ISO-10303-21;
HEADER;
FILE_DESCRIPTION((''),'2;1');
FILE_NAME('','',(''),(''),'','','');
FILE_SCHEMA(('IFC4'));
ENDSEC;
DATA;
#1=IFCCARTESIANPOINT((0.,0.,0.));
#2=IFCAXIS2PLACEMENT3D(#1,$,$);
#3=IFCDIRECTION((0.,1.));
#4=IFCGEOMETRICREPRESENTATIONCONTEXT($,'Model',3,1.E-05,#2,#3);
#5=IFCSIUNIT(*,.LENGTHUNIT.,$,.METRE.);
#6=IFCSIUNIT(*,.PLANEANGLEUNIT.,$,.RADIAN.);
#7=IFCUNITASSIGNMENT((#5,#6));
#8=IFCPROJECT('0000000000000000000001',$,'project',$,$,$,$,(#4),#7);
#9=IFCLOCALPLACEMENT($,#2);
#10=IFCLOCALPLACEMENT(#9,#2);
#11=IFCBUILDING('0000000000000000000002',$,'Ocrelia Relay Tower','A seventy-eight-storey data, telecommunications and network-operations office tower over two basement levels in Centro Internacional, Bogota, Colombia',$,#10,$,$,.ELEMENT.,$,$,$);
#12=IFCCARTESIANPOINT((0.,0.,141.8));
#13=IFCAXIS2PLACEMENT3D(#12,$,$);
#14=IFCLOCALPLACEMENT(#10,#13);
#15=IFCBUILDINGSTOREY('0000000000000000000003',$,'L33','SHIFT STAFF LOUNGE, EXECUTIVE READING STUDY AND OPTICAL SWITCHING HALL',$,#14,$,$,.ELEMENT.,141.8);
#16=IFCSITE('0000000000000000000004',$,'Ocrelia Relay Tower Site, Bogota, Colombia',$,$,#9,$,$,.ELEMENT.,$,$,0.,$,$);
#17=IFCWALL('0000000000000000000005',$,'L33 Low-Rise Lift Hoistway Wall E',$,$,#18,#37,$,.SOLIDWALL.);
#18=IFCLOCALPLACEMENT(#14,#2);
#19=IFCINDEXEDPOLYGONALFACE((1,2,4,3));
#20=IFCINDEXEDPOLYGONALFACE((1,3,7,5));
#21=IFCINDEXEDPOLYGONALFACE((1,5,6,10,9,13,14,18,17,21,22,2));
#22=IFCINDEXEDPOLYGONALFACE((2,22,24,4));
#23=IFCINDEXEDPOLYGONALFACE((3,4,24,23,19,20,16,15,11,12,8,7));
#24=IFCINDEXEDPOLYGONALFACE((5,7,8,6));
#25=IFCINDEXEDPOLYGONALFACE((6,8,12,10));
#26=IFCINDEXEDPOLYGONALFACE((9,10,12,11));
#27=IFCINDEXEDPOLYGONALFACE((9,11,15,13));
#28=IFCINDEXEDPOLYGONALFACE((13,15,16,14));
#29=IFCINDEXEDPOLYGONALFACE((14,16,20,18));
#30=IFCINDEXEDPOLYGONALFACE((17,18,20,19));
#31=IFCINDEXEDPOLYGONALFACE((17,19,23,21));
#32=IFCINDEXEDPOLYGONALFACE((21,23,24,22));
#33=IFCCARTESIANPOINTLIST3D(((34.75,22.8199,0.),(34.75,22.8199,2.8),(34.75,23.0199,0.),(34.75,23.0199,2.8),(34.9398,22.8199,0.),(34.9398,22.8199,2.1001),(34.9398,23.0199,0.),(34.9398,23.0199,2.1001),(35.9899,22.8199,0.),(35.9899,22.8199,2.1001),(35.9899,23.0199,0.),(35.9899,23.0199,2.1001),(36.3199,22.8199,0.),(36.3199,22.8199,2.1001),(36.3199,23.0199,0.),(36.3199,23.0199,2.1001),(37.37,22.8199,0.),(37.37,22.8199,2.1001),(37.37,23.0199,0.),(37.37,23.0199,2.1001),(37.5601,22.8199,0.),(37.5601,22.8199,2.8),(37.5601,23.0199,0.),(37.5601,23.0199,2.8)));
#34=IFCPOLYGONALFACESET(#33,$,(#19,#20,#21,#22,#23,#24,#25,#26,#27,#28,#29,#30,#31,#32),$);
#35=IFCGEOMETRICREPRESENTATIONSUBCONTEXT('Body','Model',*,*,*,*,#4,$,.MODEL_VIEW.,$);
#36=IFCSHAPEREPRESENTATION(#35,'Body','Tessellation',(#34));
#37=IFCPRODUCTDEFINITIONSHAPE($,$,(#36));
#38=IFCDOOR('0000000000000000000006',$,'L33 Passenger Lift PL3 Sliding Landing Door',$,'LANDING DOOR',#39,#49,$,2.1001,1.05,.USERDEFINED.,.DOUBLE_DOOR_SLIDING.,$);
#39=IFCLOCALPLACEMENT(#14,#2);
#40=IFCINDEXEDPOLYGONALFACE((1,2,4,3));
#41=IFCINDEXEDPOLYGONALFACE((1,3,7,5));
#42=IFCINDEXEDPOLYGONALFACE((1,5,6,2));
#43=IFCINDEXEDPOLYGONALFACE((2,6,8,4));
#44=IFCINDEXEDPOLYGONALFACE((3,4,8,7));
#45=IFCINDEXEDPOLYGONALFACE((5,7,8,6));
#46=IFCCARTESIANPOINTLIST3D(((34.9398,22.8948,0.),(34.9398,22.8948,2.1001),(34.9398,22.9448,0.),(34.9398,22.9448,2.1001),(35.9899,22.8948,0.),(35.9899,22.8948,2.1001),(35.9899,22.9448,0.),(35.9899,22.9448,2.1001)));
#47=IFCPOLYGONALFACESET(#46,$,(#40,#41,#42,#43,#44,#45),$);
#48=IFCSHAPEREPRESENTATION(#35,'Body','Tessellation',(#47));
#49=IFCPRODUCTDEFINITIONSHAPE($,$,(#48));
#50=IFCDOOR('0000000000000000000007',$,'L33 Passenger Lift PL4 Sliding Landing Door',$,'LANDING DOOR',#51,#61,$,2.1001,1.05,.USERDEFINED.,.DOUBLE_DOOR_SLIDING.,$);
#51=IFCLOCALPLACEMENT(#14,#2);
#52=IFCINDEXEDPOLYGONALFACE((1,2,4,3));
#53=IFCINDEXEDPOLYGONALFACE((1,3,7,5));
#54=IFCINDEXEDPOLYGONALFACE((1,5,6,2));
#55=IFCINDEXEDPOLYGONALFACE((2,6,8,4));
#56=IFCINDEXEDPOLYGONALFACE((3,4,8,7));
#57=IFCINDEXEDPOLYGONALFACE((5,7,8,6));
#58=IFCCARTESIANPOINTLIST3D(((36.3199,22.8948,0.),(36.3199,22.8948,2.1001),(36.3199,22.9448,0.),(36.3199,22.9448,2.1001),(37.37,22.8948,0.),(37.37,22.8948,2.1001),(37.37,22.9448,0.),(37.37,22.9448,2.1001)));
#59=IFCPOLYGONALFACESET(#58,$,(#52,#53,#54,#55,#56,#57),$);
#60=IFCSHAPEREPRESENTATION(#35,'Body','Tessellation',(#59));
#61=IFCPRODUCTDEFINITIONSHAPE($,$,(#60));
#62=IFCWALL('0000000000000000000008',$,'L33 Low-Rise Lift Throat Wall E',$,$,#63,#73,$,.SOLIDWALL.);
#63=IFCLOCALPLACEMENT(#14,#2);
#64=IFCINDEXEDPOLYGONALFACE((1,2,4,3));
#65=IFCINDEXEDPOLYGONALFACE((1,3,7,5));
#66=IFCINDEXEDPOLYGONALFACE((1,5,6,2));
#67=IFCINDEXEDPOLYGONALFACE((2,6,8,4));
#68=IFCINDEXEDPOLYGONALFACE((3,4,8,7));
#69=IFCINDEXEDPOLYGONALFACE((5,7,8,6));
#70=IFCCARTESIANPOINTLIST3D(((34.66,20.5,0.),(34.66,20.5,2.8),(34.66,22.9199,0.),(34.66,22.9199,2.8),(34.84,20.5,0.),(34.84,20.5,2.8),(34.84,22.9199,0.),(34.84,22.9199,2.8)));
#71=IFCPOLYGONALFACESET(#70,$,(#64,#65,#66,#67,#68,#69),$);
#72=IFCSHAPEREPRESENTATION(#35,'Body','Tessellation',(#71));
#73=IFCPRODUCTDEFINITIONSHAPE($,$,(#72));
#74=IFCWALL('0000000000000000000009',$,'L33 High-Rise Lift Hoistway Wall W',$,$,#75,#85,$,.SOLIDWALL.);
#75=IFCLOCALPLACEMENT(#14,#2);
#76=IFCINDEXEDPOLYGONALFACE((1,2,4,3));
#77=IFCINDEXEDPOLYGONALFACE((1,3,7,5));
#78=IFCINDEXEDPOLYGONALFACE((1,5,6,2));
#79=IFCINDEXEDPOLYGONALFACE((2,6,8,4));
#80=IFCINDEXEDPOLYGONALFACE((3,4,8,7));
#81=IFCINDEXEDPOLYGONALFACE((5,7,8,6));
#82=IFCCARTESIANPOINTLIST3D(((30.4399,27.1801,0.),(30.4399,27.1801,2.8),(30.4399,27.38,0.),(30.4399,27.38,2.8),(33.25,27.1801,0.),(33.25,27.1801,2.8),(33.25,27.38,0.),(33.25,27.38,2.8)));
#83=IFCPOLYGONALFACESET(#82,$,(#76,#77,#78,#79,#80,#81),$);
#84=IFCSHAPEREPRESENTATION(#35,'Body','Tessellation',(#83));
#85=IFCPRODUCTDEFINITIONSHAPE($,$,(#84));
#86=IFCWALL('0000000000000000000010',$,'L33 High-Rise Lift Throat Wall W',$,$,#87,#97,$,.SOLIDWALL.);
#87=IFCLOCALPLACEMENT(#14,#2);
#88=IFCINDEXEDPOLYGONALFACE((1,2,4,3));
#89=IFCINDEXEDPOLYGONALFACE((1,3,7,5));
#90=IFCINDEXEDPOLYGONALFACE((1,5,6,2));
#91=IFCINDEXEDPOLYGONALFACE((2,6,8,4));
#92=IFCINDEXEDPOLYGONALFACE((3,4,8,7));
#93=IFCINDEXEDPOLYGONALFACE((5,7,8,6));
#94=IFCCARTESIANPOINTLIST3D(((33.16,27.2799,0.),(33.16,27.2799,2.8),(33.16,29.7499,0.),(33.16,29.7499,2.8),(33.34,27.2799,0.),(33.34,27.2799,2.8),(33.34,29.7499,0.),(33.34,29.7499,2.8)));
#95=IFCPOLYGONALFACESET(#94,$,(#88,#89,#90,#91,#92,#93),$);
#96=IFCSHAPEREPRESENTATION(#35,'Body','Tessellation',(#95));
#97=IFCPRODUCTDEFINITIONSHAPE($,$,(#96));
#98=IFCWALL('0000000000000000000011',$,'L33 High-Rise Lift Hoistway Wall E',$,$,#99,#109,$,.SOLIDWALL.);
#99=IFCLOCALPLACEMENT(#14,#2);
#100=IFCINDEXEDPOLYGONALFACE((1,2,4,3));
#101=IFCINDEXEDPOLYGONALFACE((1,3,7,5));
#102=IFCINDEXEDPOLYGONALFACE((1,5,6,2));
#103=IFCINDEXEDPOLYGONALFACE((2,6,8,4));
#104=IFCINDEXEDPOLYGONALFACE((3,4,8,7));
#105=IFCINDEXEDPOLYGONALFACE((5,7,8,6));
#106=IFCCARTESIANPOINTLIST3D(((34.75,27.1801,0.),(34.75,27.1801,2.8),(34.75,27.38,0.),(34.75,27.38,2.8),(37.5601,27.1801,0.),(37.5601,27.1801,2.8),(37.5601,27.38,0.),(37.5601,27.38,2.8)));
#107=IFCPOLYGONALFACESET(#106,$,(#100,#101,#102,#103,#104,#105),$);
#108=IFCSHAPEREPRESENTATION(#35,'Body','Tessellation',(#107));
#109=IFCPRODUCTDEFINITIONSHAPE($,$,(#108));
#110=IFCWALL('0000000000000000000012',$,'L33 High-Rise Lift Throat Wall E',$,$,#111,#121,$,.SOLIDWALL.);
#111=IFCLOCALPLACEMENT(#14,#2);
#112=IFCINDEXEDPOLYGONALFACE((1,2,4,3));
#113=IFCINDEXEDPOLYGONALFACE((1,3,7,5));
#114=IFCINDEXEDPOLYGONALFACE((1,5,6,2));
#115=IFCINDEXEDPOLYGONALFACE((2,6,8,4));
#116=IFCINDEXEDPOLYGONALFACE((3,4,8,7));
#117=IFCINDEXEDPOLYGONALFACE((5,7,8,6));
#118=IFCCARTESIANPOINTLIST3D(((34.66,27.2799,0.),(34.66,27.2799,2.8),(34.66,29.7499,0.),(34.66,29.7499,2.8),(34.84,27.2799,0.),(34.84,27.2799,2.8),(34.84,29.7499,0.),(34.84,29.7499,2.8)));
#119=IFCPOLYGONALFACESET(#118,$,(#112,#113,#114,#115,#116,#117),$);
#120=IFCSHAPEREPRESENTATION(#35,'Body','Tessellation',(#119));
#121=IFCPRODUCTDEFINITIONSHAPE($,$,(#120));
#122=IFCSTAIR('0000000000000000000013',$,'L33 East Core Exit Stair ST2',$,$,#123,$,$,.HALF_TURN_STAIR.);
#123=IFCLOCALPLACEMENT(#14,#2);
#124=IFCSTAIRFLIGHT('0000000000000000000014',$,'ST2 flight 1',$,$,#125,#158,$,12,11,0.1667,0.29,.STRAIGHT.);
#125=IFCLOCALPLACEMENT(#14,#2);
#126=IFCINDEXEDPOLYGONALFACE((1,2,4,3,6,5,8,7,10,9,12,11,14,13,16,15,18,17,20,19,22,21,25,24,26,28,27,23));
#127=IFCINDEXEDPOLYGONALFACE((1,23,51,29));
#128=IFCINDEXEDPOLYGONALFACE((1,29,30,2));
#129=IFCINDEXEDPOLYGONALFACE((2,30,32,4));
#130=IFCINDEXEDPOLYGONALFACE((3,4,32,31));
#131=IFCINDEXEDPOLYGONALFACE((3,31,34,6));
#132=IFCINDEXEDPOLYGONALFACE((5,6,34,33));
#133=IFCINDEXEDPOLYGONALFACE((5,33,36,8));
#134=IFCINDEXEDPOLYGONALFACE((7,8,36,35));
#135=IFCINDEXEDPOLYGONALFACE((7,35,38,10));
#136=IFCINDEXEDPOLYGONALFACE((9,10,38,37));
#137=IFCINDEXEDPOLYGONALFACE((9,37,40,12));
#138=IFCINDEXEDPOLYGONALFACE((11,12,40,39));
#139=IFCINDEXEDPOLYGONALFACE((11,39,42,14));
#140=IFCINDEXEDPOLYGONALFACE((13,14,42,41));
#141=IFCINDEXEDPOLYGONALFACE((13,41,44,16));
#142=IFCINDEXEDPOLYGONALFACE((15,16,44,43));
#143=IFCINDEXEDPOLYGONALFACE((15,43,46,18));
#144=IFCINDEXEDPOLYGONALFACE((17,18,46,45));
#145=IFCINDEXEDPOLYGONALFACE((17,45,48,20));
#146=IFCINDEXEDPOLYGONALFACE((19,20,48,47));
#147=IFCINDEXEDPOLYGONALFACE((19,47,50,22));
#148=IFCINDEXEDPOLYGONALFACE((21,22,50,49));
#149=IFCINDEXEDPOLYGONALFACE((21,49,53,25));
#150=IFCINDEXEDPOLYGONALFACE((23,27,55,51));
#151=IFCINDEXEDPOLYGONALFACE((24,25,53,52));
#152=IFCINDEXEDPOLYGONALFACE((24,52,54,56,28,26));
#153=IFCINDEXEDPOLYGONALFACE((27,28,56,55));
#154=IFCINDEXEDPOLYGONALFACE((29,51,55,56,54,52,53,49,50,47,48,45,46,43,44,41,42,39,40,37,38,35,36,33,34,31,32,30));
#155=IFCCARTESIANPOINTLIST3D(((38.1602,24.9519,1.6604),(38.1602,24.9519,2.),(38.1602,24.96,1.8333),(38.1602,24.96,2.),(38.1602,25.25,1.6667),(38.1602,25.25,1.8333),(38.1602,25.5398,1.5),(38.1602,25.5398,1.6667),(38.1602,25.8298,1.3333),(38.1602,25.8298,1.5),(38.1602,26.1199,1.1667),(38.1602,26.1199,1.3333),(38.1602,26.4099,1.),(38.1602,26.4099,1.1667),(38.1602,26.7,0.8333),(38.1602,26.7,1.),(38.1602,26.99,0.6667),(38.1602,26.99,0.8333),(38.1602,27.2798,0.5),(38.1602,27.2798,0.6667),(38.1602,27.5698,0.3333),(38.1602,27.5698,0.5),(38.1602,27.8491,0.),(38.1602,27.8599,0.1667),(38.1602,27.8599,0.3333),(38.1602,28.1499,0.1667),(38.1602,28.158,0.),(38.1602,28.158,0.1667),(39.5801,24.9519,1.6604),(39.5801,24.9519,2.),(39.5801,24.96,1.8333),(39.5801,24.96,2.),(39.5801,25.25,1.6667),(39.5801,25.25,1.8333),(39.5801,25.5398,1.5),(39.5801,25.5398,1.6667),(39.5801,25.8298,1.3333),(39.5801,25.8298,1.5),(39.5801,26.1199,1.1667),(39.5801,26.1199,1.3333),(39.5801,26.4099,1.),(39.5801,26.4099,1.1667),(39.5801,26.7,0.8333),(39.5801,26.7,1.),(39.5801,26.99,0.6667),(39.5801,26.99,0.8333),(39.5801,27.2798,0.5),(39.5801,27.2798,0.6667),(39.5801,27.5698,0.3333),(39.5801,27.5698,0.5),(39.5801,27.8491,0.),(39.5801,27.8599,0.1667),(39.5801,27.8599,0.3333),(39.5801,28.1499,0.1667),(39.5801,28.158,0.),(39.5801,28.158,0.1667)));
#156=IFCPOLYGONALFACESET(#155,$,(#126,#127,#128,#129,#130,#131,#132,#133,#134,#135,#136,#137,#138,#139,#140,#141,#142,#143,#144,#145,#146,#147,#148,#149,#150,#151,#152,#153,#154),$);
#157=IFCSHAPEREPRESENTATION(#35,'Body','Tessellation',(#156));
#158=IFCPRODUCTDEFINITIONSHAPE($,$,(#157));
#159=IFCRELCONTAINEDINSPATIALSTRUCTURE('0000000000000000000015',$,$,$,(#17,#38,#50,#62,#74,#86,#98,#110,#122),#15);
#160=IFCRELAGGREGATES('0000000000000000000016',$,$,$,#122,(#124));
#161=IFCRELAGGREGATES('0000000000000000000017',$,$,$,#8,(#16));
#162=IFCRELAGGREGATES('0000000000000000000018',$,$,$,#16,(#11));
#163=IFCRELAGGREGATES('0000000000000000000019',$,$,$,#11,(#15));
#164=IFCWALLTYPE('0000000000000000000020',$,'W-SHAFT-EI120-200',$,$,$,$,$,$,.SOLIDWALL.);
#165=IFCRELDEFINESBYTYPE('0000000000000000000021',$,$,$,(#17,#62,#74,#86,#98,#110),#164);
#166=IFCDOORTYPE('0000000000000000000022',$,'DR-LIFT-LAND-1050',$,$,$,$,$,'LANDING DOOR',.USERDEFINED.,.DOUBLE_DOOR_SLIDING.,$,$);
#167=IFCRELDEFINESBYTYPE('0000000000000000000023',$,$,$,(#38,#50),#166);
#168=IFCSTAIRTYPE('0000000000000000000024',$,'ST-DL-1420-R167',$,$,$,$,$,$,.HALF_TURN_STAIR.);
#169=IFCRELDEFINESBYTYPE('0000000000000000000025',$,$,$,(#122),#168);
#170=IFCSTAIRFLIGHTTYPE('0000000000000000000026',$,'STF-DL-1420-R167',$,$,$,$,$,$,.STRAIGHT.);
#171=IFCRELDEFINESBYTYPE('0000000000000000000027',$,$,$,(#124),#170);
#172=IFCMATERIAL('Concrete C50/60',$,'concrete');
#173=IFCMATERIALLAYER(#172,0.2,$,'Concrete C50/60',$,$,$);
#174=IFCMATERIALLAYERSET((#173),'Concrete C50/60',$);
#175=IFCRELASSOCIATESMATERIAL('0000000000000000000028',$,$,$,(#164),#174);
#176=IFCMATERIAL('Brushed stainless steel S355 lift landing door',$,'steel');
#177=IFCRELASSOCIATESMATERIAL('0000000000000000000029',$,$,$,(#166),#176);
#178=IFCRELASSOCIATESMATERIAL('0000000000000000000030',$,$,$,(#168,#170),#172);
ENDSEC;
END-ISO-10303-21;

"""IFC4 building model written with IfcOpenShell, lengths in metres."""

from ifc_helpers import new_model, si_unit, direction, frame, frame_2d, origin, place, context, subcontext, project, spatial, polyline, rectangle, outline, extrude, material, layer, layer_set, type_object, element, fill, aggregate, save


model = new_model("IFC4")

# Units and contexts
model_context = context("Model", 3, precision=1e-05, world=origin(), true_north=direction((0.0, 1.0)))
body_context = subcontext(model_context, "Body", "Model", "MODEL_VIEW")
ifc_project = project(units=[si_unit("LENGTHUNIT", "METRE"), si_unit("PLANEANGLEUNIT", "RADIAN")], contexts=[model_context])

# Site, building, storey
site_placement = place(None, origin())
site = spatial("IfcSite", under=ifc_project, at=site_placement, Name="Ocrelia Relay Tower Site, Bogota, Colombia", CompositionType="ELEMENT", RefElevation=0.0)
building_placement = place(site_placement, origin())
building = spatial("IfcBuilding", under=site, at=building_placement, Name="Ocrelia Relay Tower", Description="A seventy-eight-storey data, telecommunications and network-operations office tower over two basement levels in Centro Internacional, Bogota, Colombia", CompositionType="ELEMENT")
storey_placement = place(building_placement, frame((0.0, 0.0, 141.8)))
storey = spatial("IfcBuildingStorey", under=building, at=storey_placement, Name="L33", Description="SHIFT STAFF LOUNGE, EXECUTIVE READING STUDY AND OPTICAL SWITCHING HALL", CompositionType="ELEMENT", Elevation=141.8)

# Shared definitions
ifc_material_1 = material(Name="Concrete C50/60", Category="concrete")
ifc_layer_1 = layer(ifc_material_1, 0.2, Name="Concrete C50/60")
ifc_layer_set_1 = layer_set([ifc_layer_1], Name="Concrete C50/60")
wall_type_1 = type_object("IfcWallType", Name="W-SHAFT-EI120-200", PredefinedType="SOLIDWALL", material=ifc_layer_set_1)
ifc_material_2 = material(Name="Brushed stainless steel S355 lift landing door", Category="steel")
door_type = type_object("IfcDoorType", Name="DR-LIFT-LAND-1050", ElementType="LANDING DOOR", OperationType="DOUBLE_DOOR_SLIDING", PredefinedType="USERDEFINED", material=ifc_material_2)

# Wall, openings, doors
wall_1_placement = place(storey_placement, frame((34.75, 22.9199, 0.0), z_axis=(0.0, 0.0, 1.0), x_axis=(1.0, 0.0, 0.0)))
wall_1 = element("IfcWall", 1, at=wall_1_placement, inside=storey, type_object=wall_type_1, Name="L33 Low-Rise Lift Hoistway Wall E", PredefinedType="SOLIDWALL", context=body_context, shape_type="SweptSolid", body=[
    extrude(rectangle(XDim=2.8101, YDim=0.2, at=frame_2d((1.405, 0.0))), origin(), (0.0, 0.0, 1.0), 2.8),
])
opening_1_placement = place(wall_1_placement, frame((0.1899, 0.0, 0.0)))
opening_1 = element("IfcOpeningElement", 2, at=opening_1_placement, cuts=wall_1, PredefinedType="OPENING", context=body_context, shape_type="SweptSolid", body=[
    extrude(rectangle(XDim=1.05, YDim=2.1001, at=frame_2d((0.5249, 1.05))), frame((0.0, 0.1099, 0.0), z_axis=(0.0, -1.0, 0.0), x_axis=(1.0, 0.0, 0.0)), (0.0, 0.0, 1.0), 0.22),
])
opening_2_placement = place(wall_1_placement, frame((1.5701, 0.0, 0.0)))
opening_2 = element("IfcOpeningElement", 3, at=opening_2_placement, cuts=wall_1, PredefinedType="OPENING", context=body_context, shape_type="SweptSolid", body=[
    extrude(rectangle(XDim=1.05, YDim=2.1001, at=frame_2d((0.5249, 1.05))), frame((0.0, 0.1099, 0.0), z_axis=(0.0, -1.0, 0.0), x_axis=(1.0, 0.0, 0.0)), (0.0, 0.0, 1.0), 0.22),
])
door_1_placement = place(opening_1_placement, origin())
door_1 = element("IfcDoor", 4, at=door_1_placement, inside=storey, type_object=door_type, Name="L33 Passenger Lift PL3 Sliding Landing Door", ObjectType="LANDING DOOR", OperationType="DOUBLE_DOOR_SLIDING", OverallHeight=2.1001, OverallWidth=1.05, PredefinedType="USERDEFINED", context=body_context, shape_type="SweptSolid", body=[
    extrude(rectangle(XDim=1.05, YDim=2.1001, at=frame_2d((0.5249, 1.05))), frame((0.0, 0.0249, 0.0), z_axis=(0.0, -1.0, 0.0), x_axis=(1.0, 0.0, 0.0)), (0.0, 0.0, 1.0), 0.05),
])
fill(opening_1, door_1)
door_2_placement = place(opening_2_placement, origin())
door_2 = element("IfcDoor", 5, at=door_2_placement, inside=storey, type_object=door_type, Name="L33 Passenger Lift PL4 Sliding Landing Door", ObjectType="LANDING DOOR", OperationType="DOUBLE_DOOR_SLIDING", OverallHeight=2.1001, OverallWidth=1.05, PredefinedType="USERDEFINED", context=body_context, shape_type="SweptSolid", body=[
    extrude(rectangle(XDim=1.05, YDim=2.1001, at=frame_2d((0.5249, 1.05))), frame((0.0, 0.0249, 0.0), z_axis=(0.0, -1.0, 0.0), x_axis=(1.0, 0.0, 0.0)), (0.0, 0.0, 1.0), 0.05),
])
fill(opening_2, door_2)

# Walls
wall_2_placement = place(storey_placement, frame((34.75, 20.5, 0.0), z_axis=(0.0, 0.0, 1.0), x_axis=(0.0, 1.0, 0.0)))
element("IfcWall", 6, at=wall_2_placement, inside=storey, type_object=wall_type_1, Name="L33 Low-Rise Lift Throat Wall E", PredefinedType="SOLIDWALL", context=body_context, shape_type="SweptSolid", body=[
    extrude(rectangle(XDim=2.4199, YDim=0.1799, at=frame_2d((1.21, 0.0))), origin(), (0.0, 0.0, 1.0), 2.8),
])
wall_3_placement = place(storey_placement, frame((30.4399, 27.28, 0.0), z_axis=(0.0, 0.0, 1.0), x_axis=(1.0, 0.0, 0.0)))
element("IfcWall", 7, at=wall_3_placement, inside=storey, type_object=wall_type_1, Name="L33 High-Rise Lift Hoistway Wall W", PredefinedType="SOLIDWALL", context=body_context, shape_type="SweptSolid", body=[
    extrude(rectangle(XDim=2.8101, YDim=0.2, at=frame_2d((1.405, 0.0))), origin(), (0.0, 0.0, 1.0), 2.8),
])
wall_4_placement = place(storey_placement, frame((33.25, 27.28, 0.0), z_axis=(0.0, 0.0, 1.0), x_axis=(0.0, 1.0, 0.0)))
element("IfcWall", 8, at=wall_4_placement, inside=storey, type_object=wall_type_1, Name="L33 High-Rise Lift Throat Wall W", PredefinedType="SOLIDWALL", context=body_context, shape_type="SweptSolid", body=[
    extrude(rectangle(XDim=2.47, YDim=0.1799, at=frame_2d((1.2349, 0.0))), origin(), (0.0, 0.0, 1.0), 2.8),
])
wall_5_placement = place(storey_placement, frame((34.75, 27.28, 0.0), z_axis=(0.0, 0.0, 1.0), x_axis=(1.0, 0.0, 0.0)))
element("IfcWall", 9, at=wall_5_placement, inside=storey, type_object=wall_type_1, Name="L33 High-Rise Lift Hoistway Wall E", PredefinedType="SOLIDWALL", context=body_context, shape_type="SweptSolid", body=[
    extrude(rectangle(XDim=2.8101, YDim=0.2, at=frame_2d((1.405, 0.0))), origin(), (0.0, 0.0, 1.0), 2.8),
])
wall_6_placement = place(storey_placement, frame((34.75, 27.28, 0.0), z_axis=(0.0, 0.0, 1.0), x_axis=(0.0, 1.0, 0.0)))
element("IfcWall", 10, at=wall_6_placement, inside=storey, type_object=wall_type_1, Name="L33 High-Rise Lift Throat Wall E", PredefinedType="SOLIDWALL", context=body_context, shape_type="SweptSolid", body=[
    extrude(rectangle(XDim=2.47, YDim=0.1799, at=frame_2d((1.2349, 0.0))), origin(), (0.0, 0.0, 1.0), 2.8),
])

# Stair, stair flight
stair_type = type_object("IfcStairType", Name="ST-DL-1420-R167", PredefinedType="HALF_TURN_STAIR", material=ifc_material_1)
stair_placement = place(storey_placement, origin())
stair = element("IfcStair", 11, at=stair_placement, inside=storey, type_object=stair_type, Name="L33 East Core Exit Stair ST2", PredefinedType="HALF_TURN_STAIR")
stair_flight_type = type_object("IfcStairFlightType", Name="STF-DL-1420-R167", PredefinedType="STRAIGHT", material=ifc_material_1)
stair_flight_1_placement = place(storey_placement, frame((38.8701, 28.1499, 0.0), z_axis=(0.0, 0.0, 1.0), x_axis=(0.0, -1.0, 0.0)))
stair_flight_1 = element("IfcStairFlight", 12, at=stair_flight_1_placement, type_object=stair_flight_type, Name="ST2 flight 1", NumberOfRisers=12, NumberOfTreads=11, PredefinedType="STRAIGHT", RiserHeight=0.1667, TreadLength=0.29, context=body_context, shape_type="SweptSolid", body=[
    extrude(outline(polyline([(-0.0081, 0.0), (-0.0081, 0.1667), (0.0, 0.1667), (0.29, 0.1667), (0.29, 0.3333), (0.5801, 0.3333), (0.5801, 0.5), (0.8701, 0.5), (0.8701, 0.6667), (1.1599, 0.6667), (1.1599, 0.8333), (1.45, 0.8333), (1.45, 1.0), (1.74, 1.0), (1.74, 1.1667), (2.03, 1.1667), (2.03, 1.3333), (2.3201, 1.3333), (2.3201, 1.5), (2.6101, 1.5), (2.6101, 1.6667), (2.8999, 1.6667), (2.8999, 1.8333), (3.1899, 1.8333), (3.1899, 2.0), (3.198, 2.0), (3.198, 1.6604), (0.3008, 0.0), (-0.0081, 0.0)])), frame((0.0, 0.71, 0.0), z_axis=(0.0, -1.0, 0.0), x_axis=(1.0, 0.0, 0.0)), (0.0, 0.0, 1.0), 1.4199),
])
aggregate(stair, [stair_flight_1])

save(model, "model.ifc")
